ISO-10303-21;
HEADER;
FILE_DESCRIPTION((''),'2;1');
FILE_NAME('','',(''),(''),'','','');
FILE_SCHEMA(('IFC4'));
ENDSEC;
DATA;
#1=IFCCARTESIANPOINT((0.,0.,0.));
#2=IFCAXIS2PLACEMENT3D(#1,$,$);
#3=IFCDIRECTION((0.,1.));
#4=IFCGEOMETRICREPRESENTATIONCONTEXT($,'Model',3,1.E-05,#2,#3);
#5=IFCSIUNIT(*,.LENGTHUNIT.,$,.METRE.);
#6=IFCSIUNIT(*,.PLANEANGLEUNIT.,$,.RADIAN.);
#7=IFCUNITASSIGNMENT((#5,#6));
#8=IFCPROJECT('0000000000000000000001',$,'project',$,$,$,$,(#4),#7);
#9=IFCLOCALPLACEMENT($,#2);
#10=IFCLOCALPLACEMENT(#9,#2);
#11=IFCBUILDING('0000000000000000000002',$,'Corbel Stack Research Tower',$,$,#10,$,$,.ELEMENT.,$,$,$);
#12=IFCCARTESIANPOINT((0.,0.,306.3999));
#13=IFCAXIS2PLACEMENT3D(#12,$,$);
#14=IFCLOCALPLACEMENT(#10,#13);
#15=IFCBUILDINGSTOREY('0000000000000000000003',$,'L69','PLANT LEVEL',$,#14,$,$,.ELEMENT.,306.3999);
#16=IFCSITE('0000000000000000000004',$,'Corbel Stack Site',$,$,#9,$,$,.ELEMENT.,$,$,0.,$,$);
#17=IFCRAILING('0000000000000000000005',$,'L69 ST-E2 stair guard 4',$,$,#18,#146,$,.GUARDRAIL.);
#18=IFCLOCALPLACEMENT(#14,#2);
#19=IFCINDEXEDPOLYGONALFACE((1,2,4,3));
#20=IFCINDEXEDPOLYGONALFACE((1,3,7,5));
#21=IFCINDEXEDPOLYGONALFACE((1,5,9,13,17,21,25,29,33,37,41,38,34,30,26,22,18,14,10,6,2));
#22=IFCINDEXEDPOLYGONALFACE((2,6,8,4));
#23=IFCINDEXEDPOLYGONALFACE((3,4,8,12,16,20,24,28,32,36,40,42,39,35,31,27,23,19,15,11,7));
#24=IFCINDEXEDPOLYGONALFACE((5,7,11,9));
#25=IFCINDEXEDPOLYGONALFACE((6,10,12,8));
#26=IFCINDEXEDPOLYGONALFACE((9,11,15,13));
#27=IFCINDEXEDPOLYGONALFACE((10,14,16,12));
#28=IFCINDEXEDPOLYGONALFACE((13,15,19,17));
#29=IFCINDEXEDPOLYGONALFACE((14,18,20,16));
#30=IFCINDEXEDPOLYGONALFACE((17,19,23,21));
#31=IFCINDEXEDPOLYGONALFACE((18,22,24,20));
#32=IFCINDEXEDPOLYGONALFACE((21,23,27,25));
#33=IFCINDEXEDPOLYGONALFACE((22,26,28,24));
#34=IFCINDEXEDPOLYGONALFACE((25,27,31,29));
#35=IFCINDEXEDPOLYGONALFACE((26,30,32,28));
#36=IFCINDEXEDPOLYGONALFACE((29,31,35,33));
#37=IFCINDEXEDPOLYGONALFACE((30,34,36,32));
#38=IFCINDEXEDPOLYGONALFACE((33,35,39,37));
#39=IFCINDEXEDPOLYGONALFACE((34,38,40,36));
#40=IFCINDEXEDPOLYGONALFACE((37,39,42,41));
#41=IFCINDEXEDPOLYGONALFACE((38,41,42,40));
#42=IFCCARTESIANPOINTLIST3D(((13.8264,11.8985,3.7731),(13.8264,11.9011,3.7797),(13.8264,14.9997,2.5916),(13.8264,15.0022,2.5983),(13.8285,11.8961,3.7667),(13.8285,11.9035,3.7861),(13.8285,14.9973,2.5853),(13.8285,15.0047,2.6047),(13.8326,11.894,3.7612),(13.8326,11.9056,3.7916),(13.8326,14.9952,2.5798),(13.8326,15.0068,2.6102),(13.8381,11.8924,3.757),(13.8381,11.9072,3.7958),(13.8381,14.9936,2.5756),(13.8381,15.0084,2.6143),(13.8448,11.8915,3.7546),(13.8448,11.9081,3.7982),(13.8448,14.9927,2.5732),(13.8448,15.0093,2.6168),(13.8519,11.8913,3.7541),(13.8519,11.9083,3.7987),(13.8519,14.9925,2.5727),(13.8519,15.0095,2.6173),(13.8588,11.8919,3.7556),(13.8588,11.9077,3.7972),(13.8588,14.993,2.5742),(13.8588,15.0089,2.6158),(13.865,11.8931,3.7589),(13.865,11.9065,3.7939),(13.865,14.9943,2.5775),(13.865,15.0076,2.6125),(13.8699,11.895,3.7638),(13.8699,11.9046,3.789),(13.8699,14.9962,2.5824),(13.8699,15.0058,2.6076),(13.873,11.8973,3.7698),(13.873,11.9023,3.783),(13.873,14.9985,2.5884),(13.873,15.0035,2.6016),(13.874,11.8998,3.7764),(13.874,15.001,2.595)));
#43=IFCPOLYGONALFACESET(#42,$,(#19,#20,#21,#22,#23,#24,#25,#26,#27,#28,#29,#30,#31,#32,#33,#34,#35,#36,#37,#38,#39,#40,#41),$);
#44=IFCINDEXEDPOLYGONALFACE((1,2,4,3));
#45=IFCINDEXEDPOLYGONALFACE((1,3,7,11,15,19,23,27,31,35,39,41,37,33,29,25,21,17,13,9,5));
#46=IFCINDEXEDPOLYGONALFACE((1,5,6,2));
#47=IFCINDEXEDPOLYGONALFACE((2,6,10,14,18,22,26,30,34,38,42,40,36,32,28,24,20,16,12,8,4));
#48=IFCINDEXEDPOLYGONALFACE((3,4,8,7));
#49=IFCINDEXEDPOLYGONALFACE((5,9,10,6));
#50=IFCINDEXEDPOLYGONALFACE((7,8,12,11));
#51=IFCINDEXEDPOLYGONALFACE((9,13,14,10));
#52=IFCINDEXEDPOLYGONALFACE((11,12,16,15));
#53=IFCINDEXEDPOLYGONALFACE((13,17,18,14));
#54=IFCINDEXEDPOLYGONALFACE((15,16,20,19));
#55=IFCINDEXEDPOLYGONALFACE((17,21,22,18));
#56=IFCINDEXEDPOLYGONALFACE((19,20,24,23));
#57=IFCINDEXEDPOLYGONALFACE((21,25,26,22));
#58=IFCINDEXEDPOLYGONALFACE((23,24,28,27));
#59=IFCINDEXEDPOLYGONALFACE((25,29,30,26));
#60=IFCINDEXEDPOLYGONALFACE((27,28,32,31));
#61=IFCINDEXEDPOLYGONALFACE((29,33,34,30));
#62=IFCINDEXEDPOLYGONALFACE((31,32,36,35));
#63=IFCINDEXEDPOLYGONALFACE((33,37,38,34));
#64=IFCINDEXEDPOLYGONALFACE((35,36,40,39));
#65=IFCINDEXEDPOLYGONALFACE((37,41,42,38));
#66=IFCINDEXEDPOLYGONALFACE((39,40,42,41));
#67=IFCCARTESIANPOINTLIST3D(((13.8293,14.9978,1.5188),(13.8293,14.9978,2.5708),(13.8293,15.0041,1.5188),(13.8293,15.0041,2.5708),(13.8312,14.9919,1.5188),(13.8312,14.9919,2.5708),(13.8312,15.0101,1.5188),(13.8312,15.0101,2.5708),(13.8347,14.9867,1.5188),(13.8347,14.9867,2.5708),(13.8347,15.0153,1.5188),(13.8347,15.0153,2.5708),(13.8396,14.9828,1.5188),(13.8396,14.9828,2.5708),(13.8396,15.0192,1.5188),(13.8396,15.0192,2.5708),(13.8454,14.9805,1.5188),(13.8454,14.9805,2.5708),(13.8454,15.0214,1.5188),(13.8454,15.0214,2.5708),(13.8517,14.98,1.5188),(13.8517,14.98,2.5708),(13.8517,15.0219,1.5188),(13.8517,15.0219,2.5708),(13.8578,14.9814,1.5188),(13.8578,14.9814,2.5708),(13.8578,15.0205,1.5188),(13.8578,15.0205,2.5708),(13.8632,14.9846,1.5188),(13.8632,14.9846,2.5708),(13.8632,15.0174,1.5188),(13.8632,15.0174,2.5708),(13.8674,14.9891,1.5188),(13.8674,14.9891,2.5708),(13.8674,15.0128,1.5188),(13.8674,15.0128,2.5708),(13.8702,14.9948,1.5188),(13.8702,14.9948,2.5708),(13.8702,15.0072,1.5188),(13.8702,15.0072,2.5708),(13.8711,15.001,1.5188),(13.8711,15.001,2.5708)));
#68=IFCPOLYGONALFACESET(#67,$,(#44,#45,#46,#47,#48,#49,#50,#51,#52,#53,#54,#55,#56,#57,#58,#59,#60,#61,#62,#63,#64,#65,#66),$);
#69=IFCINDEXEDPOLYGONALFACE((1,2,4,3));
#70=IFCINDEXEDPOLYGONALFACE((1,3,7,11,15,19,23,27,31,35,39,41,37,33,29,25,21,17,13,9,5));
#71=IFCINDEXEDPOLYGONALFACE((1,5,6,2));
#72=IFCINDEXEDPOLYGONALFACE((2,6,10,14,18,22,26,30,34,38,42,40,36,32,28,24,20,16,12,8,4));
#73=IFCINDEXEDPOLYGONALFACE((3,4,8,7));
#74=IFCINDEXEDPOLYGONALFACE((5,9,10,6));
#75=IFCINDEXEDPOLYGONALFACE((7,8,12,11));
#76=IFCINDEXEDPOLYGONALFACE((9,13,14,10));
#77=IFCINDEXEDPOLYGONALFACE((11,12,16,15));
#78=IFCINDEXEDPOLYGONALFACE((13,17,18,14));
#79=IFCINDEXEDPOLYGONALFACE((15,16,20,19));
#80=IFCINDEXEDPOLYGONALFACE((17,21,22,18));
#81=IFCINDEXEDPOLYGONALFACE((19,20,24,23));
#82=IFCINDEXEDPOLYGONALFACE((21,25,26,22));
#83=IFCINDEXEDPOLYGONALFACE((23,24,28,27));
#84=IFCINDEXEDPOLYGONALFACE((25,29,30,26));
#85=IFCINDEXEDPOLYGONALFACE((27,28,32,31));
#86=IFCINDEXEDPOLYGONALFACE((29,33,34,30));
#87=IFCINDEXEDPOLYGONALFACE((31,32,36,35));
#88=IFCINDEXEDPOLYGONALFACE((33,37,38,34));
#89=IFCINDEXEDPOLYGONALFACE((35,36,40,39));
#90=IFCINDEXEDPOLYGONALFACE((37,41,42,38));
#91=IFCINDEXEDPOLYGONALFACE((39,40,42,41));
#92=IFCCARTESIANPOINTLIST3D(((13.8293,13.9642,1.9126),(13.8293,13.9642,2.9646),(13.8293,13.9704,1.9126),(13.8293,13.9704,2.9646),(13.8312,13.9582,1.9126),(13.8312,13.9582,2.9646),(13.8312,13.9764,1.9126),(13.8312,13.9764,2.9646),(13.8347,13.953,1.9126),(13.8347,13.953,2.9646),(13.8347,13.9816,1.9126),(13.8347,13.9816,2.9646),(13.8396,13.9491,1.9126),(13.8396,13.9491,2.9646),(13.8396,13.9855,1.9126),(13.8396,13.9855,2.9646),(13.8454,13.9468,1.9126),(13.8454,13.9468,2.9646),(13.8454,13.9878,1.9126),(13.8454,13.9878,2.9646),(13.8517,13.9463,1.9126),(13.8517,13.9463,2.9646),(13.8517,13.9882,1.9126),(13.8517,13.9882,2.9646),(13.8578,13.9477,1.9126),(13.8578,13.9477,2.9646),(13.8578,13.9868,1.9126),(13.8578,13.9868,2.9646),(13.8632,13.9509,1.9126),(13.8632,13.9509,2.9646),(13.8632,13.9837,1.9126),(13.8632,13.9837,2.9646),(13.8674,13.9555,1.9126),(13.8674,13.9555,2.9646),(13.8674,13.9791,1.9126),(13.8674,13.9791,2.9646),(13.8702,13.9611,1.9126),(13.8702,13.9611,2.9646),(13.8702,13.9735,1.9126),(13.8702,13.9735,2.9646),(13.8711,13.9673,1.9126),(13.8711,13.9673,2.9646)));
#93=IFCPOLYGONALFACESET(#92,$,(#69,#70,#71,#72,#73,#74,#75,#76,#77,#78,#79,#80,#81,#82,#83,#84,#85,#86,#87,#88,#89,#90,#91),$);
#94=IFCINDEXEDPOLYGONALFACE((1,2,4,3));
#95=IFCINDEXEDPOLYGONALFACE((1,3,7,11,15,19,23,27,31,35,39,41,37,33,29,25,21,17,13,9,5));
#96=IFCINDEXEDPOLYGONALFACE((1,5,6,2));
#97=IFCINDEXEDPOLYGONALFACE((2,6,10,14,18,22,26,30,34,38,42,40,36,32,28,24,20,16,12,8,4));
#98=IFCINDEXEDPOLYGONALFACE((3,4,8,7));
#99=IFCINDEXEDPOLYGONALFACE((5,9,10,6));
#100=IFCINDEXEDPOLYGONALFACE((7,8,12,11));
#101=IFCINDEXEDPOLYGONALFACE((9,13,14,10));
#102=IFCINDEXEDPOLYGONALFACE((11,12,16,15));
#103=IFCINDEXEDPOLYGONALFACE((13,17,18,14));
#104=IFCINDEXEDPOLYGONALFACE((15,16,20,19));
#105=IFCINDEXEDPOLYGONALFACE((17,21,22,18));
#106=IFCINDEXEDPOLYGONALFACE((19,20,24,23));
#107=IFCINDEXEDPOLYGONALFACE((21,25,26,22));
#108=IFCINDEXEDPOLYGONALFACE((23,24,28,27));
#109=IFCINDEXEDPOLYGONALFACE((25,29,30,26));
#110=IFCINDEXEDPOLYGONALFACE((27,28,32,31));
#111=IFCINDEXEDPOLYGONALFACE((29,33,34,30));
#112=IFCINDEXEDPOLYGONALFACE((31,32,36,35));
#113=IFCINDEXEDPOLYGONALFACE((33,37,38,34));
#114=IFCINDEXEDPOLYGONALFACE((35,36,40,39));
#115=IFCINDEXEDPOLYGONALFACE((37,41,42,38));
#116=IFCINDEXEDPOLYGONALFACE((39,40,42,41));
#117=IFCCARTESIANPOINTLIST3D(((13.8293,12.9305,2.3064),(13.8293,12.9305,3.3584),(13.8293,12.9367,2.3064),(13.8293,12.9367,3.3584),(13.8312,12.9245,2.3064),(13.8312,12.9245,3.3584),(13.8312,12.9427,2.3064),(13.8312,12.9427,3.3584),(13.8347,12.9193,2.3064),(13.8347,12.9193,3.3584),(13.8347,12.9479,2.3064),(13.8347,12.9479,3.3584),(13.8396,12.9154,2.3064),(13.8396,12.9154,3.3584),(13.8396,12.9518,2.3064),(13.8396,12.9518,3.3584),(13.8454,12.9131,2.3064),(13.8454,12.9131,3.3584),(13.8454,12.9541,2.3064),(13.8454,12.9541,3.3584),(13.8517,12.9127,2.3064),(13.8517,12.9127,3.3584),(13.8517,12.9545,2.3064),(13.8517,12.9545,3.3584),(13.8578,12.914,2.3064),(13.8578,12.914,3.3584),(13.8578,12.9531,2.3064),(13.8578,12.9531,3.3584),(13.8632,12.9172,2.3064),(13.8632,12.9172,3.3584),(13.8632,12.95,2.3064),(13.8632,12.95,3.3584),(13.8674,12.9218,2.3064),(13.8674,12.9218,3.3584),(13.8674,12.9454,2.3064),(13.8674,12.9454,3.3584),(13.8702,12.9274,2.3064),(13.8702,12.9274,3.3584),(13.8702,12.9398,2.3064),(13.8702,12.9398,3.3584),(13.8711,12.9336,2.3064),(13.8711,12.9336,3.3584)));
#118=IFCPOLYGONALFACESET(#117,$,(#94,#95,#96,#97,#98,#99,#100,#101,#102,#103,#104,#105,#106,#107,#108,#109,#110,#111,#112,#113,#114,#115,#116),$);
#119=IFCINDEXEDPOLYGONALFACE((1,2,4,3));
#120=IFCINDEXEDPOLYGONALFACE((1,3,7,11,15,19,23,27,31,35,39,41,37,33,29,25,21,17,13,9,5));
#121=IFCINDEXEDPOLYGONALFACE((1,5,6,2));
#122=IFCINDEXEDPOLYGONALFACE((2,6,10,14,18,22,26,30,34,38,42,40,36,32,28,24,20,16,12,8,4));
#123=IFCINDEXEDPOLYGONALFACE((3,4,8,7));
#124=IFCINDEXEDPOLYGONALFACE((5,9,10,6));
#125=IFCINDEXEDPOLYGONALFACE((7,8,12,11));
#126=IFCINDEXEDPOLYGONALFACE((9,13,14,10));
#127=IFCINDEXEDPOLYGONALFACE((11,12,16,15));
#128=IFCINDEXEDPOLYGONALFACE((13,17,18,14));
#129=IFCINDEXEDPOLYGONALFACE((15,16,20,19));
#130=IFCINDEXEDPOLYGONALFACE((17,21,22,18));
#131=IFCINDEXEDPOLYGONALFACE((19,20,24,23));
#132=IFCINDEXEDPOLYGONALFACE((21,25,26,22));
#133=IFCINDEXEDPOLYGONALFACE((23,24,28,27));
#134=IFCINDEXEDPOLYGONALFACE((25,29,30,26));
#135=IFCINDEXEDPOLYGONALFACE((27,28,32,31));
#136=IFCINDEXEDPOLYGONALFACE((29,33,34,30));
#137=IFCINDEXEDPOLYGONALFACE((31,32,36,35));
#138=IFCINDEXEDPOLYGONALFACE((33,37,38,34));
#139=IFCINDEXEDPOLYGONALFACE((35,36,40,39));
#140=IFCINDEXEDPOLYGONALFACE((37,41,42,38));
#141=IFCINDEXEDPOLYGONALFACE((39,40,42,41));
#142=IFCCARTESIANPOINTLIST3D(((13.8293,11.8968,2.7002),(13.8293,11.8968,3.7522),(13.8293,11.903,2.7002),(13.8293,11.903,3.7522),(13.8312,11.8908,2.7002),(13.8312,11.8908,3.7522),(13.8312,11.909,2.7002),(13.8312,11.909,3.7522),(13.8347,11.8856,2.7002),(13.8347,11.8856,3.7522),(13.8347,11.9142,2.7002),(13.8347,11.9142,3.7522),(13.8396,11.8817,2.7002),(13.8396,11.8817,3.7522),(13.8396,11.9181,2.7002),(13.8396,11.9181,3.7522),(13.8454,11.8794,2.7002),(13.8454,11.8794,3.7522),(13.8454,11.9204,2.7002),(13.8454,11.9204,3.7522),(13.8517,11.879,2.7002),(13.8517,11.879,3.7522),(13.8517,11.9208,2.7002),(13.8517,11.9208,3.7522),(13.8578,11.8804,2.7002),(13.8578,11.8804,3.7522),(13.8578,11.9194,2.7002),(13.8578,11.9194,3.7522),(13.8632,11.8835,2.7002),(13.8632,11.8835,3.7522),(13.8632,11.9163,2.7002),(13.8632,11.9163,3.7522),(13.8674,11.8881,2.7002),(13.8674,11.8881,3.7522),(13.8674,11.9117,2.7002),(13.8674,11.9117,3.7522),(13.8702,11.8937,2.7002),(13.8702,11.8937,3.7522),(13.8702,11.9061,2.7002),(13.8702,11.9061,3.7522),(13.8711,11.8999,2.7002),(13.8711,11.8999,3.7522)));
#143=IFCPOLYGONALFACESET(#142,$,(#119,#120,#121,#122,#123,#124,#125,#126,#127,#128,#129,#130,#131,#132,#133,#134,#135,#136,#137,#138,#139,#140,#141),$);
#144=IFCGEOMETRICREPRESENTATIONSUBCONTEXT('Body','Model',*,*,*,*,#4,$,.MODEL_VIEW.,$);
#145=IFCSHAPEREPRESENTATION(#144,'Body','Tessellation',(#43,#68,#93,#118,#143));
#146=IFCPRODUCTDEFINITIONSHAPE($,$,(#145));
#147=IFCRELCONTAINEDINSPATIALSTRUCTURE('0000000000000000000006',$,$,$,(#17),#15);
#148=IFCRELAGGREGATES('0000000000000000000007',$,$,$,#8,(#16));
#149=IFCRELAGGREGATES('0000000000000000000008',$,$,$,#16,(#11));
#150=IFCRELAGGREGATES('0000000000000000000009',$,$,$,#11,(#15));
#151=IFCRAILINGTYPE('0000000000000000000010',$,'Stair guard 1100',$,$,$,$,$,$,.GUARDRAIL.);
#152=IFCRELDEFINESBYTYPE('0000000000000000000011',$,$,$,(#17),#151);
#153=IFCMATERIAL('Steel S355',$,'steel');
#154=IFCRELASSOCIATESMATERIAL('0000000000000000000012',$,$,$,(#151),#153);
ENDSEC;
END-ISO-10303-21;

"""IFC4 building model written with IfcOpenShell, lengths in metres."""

from ifc_helpers import new_model, si_unit, direction, frame, origin, origin_2d, place, context, subcontext, project, spatial, circle, extrude, material, type_object, element, save


model = new_model("IFC4")

# Units and contexts
model_context = context("Model", 3, precision=1e-05, world=origin(), true_north=direction((0.0, 1.0)))
body_context = subcontext(model_context, "Body", "Model", "MODEL_VIEW")
ifc_project = project(units=[si_unit("LENGTHUNIT", "METRE"), si_unit("PLANEANGLEUNIT", "RADIAN")], contexts=[model_context])

# Site, building, storey
site_placement = place(None, origin())
site = spatial("IfcSite", under=ifc_project, at=site_placement, Name="Corbel Stack Site", CompositionType="ELEMENT", RefElevation=0.0)
building_placement = place(site_placement, origin())
building = spatial("IfcBuilding", under=site, at=building_placement, Name="Corbel Stack Research Tower", CompositionType="ELEMENT")
storey_placement = place(building_placement, frame((0.0, 0.0, 306.3999)))
storey = spatial("IfcBuildingStorey", under=building, at=storey_placement, Name="L69", Description="PLANT LEVEL", CompositionType="ELEMENT", Elevation=306.3999)

# Railing
ifc_material_1 = material(Name="Steel S355", Category="steel")
railing_type_1 = type_object("IfcRailingType", Name="Stair guard 1100", PredefinedType="GUARDRAIL", material=ifc_material_1)
railing_1_placement = place(storey_placement, frame((13.8501, 15.001, 1.5188)))
element("IfcRailing", 1, at=railing_1_placement, inside=storey, type_object=railing_type_1, Name="L69 ST-E2 stair guard 4", PredefinedType="GUARDRAIL", context=body_context, shape_type="SweptSolid", body=[
    extrude(circle(Radius=0.0239, at=origin_2d()), frame((0.0, 0.0, 1.0762), z_axis=(0.0, -0.934484, 0.356005), x_axis=(1.0, 0.0, 0.0)), (0.0, 0.0, 1.0), 3.3186),
    extrude(circle(Radius=0.021, at=origin_2d()), origin(), (0.0, 0.0, 1.0), 1.052),
    extrude(circle(Radius=0.021, at=origin_2d()), frame((0.0, -1.0337, 0.3938)), (0.0, 0.0, 1.0), 1.052),
    extrude(circle(Radius=0.021, at=origin_2d()), frame((0.0, -2.0674, 0.7876)), (0.0, 0.0, 1.0), 1.052),
    extrude(circle(Radius=0.021, at=origin_2d()), frame((0.0, -3.1011, 1.1814)), (0.0, 0.0, 1.0), 1.052),
])

save(model, "model.ifc")
